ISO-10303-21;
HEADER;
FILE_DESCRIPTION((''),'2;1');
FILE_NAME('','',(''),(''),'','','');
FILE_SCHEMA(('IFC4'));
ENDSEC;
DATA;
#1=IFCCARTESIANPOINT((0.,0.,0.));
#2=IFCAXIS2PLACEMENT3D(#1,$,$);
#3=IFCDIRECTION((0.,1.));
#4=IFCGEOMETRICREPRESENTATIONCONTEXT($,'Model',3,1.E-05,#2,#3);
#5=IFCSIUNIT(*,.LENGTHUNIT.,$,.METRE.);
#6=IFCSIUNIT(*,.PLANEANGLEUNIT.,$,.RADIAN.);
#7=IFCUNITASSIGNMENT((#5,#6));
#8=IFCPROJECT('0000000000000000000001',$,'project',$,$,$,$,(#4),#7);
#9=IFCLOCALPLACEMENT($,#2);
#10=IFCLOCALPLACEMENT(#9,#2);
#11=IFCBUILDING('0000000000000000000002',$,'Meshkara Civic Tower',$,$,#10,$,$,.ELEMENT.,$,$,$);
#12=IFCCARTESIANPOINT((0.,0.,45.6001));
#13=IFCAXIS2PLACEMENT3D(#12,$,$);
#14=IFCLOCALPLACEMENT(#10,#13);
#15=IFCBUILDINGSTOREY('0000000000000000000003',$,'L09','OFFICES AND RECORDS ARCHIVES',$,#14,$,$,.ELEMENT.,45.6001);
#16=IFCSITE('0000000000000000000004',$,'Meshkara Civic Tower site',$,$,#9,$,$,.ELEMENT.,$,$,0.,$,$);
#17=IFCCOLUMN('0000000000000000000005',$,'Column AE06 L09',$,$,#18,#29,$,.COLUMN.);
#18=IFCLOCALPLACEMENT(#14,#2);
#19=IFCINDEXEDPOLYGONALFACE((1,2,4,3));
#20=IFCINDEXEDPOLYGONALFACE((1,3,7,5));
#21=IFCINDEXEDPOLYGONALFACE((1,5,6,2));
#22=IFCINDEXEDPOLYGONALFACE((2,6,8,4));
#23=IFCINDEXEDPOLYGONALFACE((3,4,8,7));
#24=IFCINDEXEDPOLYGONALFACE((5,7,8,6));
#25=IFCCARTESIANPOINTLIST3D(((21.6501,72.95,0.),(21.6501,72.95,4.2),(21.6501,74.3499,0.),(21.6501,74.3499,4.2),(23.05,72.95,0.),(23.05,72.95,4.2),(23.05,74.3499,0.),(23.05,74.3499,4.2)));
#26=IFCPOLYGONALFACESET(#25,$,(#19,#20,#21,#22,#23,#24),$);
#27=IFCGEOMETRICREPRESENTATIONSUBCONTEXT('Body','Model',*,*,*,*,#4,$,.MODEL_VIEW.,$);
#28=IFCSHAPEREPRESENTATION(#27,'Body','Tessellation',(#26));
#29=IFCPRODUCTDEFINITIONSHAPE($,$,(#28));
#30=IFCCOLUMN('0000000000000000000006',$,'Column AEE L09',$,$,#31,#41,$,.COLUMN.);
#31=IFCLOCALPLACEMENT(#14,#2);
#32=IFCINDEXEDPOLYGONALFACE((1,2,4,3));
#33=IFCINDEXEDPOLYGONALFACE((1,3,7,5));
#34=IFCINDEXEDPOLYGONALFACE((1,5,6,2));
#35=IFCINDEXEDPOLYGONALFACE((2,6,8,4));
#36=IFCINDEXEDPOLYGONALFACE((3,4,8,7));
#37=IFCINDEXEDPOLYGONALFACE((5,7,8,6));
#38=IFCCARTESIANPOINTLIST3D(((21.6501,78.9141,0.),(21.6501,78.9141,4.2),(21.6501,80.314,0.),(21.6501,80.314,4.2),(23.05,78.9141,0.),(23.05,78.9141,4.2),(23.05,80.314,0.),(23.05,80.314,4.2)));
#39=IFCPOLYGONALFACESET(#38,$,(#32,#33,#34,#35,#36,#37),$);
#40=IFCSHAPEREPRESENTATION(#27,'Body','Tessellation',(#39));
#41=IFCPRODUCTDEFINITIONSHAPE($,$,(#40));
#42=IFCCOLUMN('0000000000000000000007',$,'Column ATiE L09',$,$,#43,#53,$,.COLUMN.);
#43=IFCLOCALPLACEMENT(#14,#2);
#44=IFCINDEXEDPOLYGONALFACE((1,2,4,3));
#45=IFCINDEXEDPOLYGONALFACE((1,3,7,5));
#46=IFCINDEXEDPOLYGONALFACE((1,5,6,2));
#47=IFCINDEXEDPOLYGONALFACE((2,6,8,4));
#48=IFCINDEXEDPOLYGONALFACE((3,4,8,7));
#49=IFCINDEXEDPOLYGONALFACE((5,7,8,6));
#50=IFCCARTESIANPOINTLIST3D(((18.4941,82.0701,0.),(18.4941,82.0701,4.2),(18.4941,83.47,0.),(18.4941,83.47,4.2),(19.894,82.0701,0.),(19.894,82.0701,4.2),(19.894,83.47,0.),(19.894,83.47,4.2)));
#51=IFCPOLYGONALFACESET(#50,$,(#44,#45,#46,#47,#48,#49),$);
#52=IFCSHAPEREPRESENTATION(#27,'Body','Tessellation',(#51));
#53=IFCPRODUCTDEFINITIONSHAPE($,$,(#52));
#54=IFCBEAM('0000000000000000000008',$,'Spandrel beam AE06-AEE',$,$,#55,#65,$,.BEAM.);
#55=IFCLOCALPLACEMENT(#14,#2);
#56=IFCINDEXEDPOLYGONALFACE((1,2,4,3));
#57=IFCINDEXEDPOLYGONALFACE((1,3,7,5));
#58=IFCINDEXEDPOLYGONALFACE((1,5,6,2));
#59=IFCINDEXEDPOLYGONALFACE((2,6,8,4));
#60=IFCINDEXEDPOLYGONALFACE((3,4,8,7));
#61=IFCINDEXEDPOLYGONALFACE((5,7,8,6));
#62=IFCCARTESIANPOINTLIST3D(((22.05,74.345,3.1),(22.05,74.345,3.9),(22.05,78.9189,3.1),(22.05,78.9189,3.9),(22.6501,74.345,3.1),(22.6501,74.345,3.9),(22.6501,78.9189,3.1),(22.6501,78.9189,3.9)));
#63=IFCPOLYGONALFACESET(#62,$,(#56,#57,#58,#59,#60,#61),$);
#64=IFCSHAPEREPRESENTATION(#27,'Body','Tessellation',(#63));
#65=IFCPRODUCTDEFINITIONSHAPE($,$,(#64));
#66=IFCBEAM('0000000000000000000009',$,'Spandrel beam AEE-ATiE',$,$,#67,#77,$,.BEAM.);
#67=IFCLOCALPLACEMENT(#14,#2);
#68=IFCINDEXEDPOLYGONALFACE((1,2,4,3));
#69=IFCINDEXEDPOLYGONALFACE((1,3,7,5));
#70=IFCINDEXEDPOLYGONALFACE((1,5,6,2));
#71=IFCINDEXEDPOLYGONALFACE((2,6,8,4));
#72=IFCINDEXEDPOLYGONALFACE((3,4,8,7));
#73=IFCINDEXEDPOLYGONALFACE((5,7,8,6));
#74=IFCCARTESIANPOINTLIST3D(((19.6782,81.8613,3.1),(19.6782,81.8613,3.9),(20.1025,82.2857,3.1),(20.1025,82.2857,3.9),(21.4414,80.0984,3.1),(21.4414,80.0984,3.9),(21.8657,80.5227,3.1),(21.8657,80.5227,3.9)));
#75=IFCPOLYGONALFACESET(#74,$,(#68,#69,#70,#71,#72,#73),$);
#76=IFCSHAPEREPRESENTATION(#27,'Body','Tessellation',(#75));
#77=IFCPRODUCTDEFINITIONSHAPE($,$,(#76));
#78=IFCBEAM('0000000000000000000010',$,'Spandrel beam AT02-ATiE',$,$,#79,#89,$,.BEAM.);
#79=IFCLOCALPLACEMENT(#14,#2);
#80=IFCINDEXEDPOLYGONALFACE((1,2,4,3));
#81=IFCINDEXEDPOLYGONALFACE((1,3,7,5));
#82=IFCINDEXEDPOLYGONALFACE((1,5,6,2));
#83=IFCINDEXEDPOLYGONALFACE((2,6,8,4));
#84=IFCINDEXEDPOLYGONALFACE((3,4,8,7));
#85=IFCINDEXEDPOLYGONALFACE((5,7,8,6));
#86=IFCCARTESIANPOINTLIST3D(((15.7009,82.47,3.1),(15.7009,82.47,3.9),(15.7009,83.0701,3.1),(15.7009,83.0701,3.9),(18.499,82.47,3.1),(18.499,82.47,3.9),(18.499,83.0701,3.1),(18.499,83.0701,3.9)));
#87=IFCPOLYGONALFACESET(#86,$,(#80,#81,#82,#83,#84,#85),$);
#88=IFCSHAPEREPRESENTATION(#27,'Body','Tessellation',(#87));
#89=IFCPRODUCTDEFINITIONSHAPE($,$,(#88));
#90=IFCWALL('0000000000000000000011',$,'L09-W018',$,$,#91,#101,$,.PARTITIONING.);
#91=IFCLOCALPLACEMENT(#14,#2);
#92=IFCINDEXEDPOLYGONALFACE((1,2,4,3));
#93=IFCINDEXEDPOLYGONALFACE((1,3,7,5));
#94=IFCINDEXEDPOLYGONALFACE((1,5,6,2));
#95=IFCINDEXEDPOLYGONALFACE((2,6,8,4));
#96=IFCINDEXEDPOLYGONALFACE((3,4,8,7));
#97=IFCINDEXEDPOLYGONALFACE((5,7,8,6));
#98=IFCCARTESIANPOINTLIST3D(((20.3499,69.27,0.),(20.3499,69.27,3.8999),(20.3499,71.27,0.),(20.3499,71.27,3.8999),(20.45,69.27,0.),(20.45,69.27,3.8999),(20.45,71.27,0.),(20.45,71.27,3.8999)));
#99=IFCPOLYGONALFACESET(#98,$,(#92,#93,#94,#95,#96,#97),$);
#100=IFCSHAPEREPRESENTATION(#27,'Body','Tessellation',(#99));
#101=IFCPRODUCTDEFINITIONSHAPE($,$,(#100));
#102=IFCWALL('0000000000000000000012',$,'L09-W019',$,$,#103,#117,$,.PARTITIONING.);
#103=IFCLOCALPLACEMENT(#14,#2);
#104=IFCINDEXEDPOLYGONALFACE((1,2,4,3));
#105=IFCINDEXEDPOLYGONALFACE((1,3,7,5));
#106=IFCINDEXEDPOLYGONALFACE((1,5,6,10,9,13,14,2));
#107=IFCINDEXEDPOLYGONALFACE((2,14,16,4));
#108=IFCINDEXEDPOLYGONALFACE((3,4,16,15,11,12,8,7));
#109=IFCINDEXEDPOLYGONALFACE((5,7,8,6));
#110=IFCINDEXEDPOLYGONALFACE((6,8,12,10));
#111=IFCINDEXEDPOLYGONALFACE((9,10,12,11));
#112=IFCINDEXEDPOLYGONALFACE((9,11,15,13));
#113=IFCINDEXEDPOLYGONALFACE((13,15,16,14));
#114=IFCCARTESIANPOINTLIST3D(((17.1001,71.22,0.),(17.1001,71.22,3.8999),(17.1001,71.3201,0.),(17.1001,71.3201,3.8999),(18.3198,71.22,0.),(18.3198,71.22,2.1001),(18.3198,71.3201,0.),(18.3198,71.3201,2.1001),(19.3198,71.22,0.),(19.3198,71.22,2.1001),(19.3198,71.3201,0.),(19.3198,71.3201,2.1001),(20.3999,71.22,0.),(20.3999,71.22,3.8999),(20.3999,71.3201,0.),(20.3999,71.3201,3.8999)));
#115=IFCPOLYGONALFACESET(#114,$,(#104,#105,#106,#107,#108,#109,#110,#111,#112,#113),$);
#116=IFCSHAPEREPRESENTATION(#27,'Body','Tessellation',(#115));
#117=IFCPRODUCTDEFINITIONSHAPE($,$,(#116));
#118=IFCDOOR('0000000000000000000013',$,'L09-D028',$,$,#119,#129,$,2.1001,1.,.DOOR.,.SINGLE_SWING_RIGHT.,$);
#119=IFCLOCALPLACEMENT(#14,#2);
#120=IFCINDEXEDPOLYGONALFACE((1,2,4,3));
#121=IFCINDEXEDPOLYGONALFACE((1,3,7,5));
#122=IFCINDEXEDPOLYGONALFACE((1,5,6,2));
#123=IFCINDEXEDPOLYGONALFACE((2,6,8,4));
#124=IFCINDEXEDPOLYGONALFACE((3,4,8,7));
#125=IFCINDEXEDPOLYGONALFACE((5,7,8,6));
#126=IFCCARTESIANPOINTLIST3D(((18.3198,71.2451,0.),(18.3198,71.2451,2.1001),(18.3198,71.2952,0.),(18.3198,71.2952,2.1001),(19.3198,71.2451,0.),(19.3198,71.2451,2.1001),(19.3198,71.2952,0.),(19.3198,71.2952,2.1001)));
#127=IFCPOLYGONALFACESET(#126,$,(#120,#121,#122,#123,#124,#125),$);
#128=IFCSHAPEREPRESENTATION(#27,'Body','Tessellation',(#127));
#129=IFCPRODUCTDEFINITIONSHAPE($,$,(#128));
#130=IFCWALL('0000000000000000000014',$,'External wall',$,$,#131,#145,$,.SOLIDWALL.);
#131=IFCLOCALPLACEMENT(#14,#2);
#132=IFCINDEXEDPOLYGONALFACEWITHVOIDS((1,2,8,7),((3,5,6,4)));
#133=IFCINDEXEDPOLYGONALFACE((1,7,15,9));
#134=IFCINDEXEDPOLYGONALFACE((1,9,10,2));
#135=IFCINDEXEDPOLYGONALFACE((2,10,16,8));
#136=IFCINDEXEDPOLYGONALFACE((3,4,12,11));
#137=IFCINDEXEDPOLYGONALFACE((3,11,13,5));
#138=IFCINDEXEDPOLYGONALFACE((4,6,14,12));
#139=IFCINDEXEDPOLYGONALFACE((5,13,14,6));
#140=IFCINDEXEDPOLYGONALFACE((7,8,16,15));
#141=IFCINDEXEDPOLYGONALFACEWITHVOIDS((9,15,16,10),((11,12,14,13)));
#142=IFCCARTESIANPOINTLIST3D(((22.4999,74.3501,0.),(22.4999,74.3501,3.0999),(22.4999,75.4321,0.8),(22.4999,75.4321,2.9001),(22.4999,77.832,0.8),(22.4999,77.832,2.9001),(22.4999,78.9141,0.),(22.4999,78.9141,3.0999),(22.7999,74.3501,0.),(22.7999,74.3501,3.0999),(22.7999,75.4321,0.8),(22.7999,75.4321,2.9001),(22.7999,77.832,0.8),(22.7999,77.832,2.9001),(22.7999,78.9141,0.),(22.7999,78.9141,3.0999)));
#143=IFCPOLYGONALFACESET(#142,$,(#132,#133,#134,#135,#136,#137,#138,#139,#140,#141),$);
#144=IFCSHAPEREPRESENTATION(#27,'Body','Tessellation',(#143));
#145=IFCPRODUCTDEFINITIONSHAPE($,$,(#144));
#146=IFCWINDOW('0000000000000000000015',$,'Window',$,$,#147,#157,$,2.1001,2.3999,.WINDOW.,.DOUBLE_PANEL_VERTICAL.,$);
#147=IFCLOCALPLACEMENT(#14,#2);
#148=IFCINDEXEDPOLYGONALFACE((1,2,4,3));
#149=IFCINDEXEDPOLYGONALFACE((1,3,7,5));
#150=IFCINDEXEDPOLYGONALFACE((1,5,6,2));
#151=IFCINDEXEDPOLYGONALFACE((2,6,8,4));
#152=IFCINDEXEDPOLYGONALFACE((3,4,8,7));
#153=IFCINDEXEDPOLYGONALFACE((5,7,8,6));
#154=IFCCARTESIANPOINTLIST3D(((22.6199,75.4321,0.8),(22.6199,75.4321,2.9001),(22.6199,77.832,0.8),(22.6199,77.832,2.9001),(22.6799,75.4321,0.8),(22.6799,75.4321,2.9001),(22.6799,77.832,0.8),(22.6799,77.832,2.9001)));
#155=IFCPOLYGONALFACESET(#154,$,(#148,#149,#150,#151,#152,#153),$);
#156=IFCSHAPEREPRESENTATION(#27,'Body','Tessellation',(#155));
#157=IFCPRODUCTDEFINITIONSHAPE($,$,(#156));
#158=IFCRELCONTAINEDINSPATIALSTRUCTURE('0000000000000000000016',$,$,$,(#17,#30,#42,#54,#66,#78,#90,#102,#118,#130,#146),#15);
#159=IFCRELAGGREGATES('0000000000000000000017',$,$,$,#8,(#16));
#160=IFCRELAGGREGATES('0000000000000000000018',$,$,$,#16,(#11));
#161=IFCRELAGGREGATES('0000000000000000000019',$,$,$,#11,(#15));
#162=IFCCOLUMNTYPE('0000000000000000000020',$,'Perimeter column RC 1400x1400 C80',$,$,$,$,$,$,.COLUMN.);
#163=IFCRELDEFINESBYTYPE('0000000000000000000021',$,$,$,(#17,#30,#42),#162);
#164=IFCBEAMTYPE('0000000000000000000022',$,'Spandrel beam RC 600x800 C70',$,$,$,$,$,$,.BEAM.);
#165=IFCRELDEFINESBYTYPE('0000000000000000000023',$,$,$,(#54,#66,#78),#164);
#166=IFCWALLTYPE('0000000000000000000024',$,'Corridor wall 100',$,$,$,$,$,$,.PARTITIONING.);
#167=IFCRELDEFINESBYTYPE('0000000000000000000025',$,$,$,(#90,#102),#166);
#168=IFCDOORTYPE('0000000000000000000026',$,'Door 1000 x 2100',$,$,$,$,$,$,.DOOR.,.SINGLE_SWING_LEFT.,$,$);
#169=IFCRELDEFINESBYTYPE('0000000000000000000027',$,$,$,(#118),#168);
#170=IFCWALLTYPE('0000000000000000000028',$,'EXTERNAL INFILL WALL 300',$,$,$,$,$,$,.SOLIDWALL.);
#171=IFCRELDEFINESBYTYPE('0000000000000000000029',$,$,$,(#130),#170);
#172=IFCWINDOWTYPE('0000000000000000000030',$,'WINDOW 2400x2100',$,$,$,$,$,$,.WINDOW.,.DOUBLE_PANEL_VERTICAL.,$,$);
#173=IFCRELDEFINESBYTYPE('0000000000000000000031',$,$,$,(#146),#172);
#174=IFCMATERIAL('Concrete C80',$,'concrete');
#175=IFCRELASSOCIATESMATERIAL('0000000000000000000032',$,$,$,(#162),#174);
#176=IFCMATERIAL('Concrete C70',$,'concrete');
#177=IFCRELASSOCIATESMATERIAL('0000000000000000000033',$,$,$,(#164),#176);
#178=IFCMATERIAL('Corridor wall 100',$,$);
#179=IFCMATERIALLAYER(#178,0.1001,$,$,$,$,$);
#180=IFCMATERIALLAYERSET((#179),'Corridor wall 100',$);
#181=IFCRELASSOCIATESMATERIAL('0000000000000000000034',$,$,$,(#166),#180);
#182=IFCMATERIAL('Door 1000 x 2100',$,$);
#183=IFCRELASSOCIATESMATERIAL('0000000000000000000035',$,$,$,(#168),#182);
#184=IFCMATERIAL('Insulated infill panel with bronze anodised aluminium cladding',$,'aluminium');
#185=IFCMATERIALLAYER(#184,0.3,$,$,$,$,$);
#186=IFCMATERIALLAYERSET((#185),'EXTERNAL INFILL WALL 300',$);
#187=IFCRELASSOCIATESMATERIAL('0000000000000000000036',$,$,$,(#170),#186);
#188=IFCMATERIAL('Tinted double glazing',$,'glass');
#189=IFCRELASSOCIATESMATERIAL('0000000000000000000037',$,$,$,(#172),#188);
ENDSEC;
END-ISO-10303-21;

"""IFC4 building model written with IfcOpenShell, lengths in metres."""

from ifc_helpers import new_model, si_unit, direction, frame, frame_2d, origin, origin_2d, place, context, subcontext, project, spatial, rectangle, extrude, material, layer, layer_set, material_profile, profile_set, type_object, element, fill, save


model = new_model("IFC4")

# Units and contexts
model_context = context("Model", 3, precision=1e-05, world=origin(), true_north=direction((0.0, 1.0)))
body_context = subcontext(model_context, "Body", "Model", "MODEL_VIEW")
ifc_project = project(units=[si_unit("LENGTHUNIT", "METRE"), si_unit("PLANEANGLEUNIT", "RADIAN")], contexts=[model_context])

# Site, building, storey
site_placement = place(None, origin())
site = spatial("IfcSite", under=ifc_project, at=site_placement, Name="Meshkara Civic Tower site", CompositionType="ELEMENT", RefElevation=0.0)
building_placement = place(site_placement, origin())
building = spatial("IfcBuilding", under=site, at=building_placement, Name="Meshkara Civic Tower", CompositionType="ELEMENT")
storey_placement = place(building_placement, frame((0.0, 0.0, 45.6001)))
storey = spatial("IfcBuildingStorey", under=building, at=storey_placement, Name="L09", Description="OFFICES AND RECORDS ARCHIVES", CompositionType="ELEMENT", Elevation=45.6001)

# Columns
ifc_material_1 = material(Name="Concrete C80", Category="concrete")
ifc_material_profile_1 = material_profile(ifc_material_1, rectangle(XDim=1.3999, YDim=1.3999, at=origin_2d()))
ifc_profile_set_1 = profile_set([ifc_material_profile_1], Name="Concrete C80")
column_type = type_object("IfcColumnType", Name="Perimeter column RC 1400x1400 C80", PredefinedType="COLUMN", material=ifc_profile_set_1)
for number, where, z_axis, x_axis, name in (
    (1, (22.3501, 73.6499, 0.0), (0.0, 0.0, 1.0), (1.0, 0.0, 0.0), "Column AE06 L09"),
    (2, (22.3501, 79.614, 0.0), (0.0, 0.0, 1.0), (1.0, 0.0, 0.0), "Column AEE L09"),
    (3, (19.1941, 82.77, 0.0), (0.0, 0.0, 1.0), (1.0, 0.0, 0.0), "Column ATiE L09"),
):
    element("IfcColumn", number, at=place(storey_placement, frame(where, z_axis=z_axis, x_axis=x_axis)), inside=storey, type_object=column_type, Name=name, PredefinedType="COLUMN", context=body_context, shape_type="SweptSolid", body=[
        extrude(rectangle(XDim=1.3999, YDim=1.3999, at=origin_2d()), origin(), (0.0, 0.0, 1.0), 4.2),
    ])

# Beams
ifc_material_2 = material(Name="Concrete C70", Category="concrete")
ifc_material_profile_2 = material_profile(ifc_material_2, rectangle(XDim=0.6001, YDim=0.8, at=origin_2d()))
ifc_profile_set_2 = profile_set([ifc_material_profile_2], Name="Concrete C70")
beam_type = type_object("IfcBeamType", Name="Spandrel beam RC 600x800 C70", PredefinedType="BEAM", material=ifc_profile_set_2)
beam_1_placement = place(storey_placement, frame((22.3501, 74.345, 3.5), z_axis=(0.0, 1.0, 0.0), x_axis=(-1.0, 0.0, 0.0)))
element("IfcBeam", 4, at=beam_1_placement, inside=storey, type_object=beam_type, Name="Spandrel beam AE06-AEE", PredefinedType="BEAM", context=body_context, shape_type="SweptSolid", body=[
    extrude(rectangle(XDim=0.6001, YDim=0.8, at=origin_2d()), origin(), (0.0, 0.0, 1.0), 4.574),
])
beam_2_placement = place(storey_placement, frame((21.6536, 80.3105, 3.5), z_axis=(-0.707156, 0.707058, 0.0), x_axis=(-0.707058, -0.707156, 0.0)))
element("IfcBeam", 5, at=beam_2_placement, inside=storey, type_object=beam_type, Name="Spandrel beam AEE-ATiE", PredefinedType="BEAM", context=body_context, shape_type="SweptSolid", body=[
    extrude(rectangle(XDim=0.6001, YDim=0.8, at=origin_2d()), origin(), (0.0, 0.0, 1.0), 2.4934),
])
beam_3_placement = place(storey_placement, frame((18.499, 82.77, 3.5), z_axis=(-1.0, 0.0, 0.0), x_axis=(0.0, -1.0, 0.0)))
element("IfcBeam", 6, at=beam_3_placement, inside=storey, type_object=beam_type, Name="Spandrel beam AT02-ATiE", PredefinedType="BEAM", context=body_context, shape_type="SweptSolid", body=[
    extrude(rectangle(XDim=0.6001, YDim=0.8, at=origin_2d()), origin(), (0.0, 0.0, 1.0), 2.7981),
])

# Wall
ifc_material_3 = material(Name="Corridor wall 100")
ifc_layer_1 = layer(ifc_material_3, 0.1001)
ifc_layer_set_1 = layer_set([ifc_layer_1], Name="Corridor wall 100")
wall_type_1 = type_object("IfcWallType", Name="Corridor wall 100", PredefinedType="PARTITIONING", material=ifc_layer_set_1)
wall_1_placement = place(storey_placement, frame((20.3999, 69.27, 0.0), z_axis=(0.0, 0.0, 1.0), x_axis=(0.0, 1.0, 0.0)))
element("IfcWall", 7, at=wall_1_placement, inside=storey, type_object=wall_type_1, Name="L09-W018", PredefinedType="PARTITIONING", context=body_context, shape_type="SweptSolid", body=[
    extrude(rectangle(XDim=2.0, YDim=0.1001, at=frame_2d((1.0, 0.0))), origin(), (0.0, 0.0, 1.0), 3.8999),
])

# Wall, opening, door
wall_2_placement = place(storey_placement, frame((20.3999, 71.27, 0.0), z_axis=(0.0, 0.0, 1.0), x_axis=(-1.0, 0.0, 0.0)))
wall_2 = element("IfcWall", 8, at=wall_2_placement, inside=storey, type_object=wall_type_1, Name="L09-W019", PredefinedType="PARTITIONING", context=body_context, shape_type="SweptSolid", body=[
    extrude(rectangle(XDim=3.2998, YDim=0.1001, at=frame_2d((1.6499, 0.0))), origin(), (0.0, 0.0, 1.0), 3.8999),
])
opening_1_placement = place(wall_2_placement, frame((1.0801, 0.0, 0.0)))
opening_1 = element("IfcOpeningElement", 9, at=opening_1_placement, cuts=wall_2, PredefinedType="OPENING", context=body_context, shape_type="SweptSolid", body=[
    extrude(rectangle(XDim=1.0, YDim=2.1001, at=frame_2d((0.5, 1.05))), frame((0.0, 0.0601, 0.0), z_axis=(0.0, -1.0, 0.0), x_axis=(1.0, 0.0, 0.0)), (0.0, 0.0, 1.0), 0.1201),
])
ifc_material_4 = material(Name="Door 1000 x 2100")
door_type = type_object("IfcDoorType", Name="Door 1000 x 2100", OperationType="SINGLE_SWING_LEFT", PredefinedType="DOOR", material=ifc_material_4)
door_placement = place(opening_1_placement, origin())
door = element("IfcDoor", 10, at=door_placement, inside=storey, type_object=door_type, Name="L09-D028", OperationType="SINGLE_SWING_RIGHT", OverallHeight=2.1001, OverallWidth=1.0, PredefinedType="DOOR", context=body_context, shape_type="SweptSolid", body=[
    extrude(rectangle(XDim=1.0, YDim=2.1001, at=frame_2d((0.5, 1.05))), frame((0.0, 0.0249, 0.0), z_axis=(0.0, -1.0, 0.0), x_axis=(1.0, 0.0, 0.0)), (0.0, 0.0, 1.0), 0.05),
])
fill(opening_1, door)

# Wall, opening, window
ifc_material_5 = material(Name="Insulated infill panel with bronze anodised aluminium cladding", Category="aluminium")
ifc_layer_2 = layer(ifc_material_5, 0.3)
ifc_layer_set_2 = layer_set([ifc_layer_2], Name="EXTERNAL INFILL WALL 300")
wall_type_2 = type_object("IfcWallType", Name="EXTERNAL INFILL WALL 300", PredefinedType="SOLIDWALL", material=ifc_layer_set_2)
wall_3_placement = place(storey_placement, frame((22.6499, 74.3501, 0.0), z_axis=(0.0, 0.0, 1.0), x_axis=(0.0, 1.0, 0.0)))
wall_3 = element("IfcWall", 11, at=wall_3_placement, inside=storey, type_object=wall_type_2, Name="External wall", PredefinedType="SOLIDWALL", context=body_context, shape_type="SweptSolid", body=[
    extrude(rectangle(XDim=4.564, YDim=0.3, at=frame_2d((2.282, 0.0))), origin(), (0.0, 0.0, 1.0), 3.0999),
])
opening_2_placement = place(wall_3_placement, frame((1.082, 0.0, 0.8)))
opening_2 = element("IfcOpeningElement", 12, at=opening_2_placement, cuts=wall_3, PredefinedType="OPENING", context=body_context, shape_type="SweptSolid", body=[
    extrude(rectangle(XDim=2.3999, YDim=2.1001, at=frame_2d((1.2, 1.05))), frame((0.0, 0.1599, 0.0), z_axis=(0.0, -1.0, 0.0), x_axis=(1.0, 0.0, 0.0)), (0.0, 0.0, 1.0), 0.3201),
])
ifc_material_6 = material(Name="Tinted double glazing", Category="glass")
window_type_1 = type_object("IfcWindowType", Name="WINDOW 2400x2100", PartitioningType="DOUBLE_PANEL_VERTICAL", PredefinedType="WINDOW", material=ifc_material_6)
window_1_placement = place(opening_2_placement, origin())
window_1 = element("IfcWindow", 13, at=window_1_placement, inside=storey, type_object=window_type_1, Name="Window", OverallHeight=2.1001, OverallWidth=2.3999, PartitioningType="DOUBLE_PANEL_VERTICAL", PredefinedType="WINDOW", context=body_context, shape_type="SweptSolid", body=[
    extrude(rectangle(XDim=2.3999, YDim=2.1001, at=frame_2d((1.2, 1.05))), frame((0.0, 0.03, 0.0), z_axis=(0.0, -1.0, 0.0), x_axis=(1.0, 0.0, 0.0)), (0.0, 0.0, 1.0), 0.0601),
])
fill(opening_2, window_1)

save(model, "model.ifc")
